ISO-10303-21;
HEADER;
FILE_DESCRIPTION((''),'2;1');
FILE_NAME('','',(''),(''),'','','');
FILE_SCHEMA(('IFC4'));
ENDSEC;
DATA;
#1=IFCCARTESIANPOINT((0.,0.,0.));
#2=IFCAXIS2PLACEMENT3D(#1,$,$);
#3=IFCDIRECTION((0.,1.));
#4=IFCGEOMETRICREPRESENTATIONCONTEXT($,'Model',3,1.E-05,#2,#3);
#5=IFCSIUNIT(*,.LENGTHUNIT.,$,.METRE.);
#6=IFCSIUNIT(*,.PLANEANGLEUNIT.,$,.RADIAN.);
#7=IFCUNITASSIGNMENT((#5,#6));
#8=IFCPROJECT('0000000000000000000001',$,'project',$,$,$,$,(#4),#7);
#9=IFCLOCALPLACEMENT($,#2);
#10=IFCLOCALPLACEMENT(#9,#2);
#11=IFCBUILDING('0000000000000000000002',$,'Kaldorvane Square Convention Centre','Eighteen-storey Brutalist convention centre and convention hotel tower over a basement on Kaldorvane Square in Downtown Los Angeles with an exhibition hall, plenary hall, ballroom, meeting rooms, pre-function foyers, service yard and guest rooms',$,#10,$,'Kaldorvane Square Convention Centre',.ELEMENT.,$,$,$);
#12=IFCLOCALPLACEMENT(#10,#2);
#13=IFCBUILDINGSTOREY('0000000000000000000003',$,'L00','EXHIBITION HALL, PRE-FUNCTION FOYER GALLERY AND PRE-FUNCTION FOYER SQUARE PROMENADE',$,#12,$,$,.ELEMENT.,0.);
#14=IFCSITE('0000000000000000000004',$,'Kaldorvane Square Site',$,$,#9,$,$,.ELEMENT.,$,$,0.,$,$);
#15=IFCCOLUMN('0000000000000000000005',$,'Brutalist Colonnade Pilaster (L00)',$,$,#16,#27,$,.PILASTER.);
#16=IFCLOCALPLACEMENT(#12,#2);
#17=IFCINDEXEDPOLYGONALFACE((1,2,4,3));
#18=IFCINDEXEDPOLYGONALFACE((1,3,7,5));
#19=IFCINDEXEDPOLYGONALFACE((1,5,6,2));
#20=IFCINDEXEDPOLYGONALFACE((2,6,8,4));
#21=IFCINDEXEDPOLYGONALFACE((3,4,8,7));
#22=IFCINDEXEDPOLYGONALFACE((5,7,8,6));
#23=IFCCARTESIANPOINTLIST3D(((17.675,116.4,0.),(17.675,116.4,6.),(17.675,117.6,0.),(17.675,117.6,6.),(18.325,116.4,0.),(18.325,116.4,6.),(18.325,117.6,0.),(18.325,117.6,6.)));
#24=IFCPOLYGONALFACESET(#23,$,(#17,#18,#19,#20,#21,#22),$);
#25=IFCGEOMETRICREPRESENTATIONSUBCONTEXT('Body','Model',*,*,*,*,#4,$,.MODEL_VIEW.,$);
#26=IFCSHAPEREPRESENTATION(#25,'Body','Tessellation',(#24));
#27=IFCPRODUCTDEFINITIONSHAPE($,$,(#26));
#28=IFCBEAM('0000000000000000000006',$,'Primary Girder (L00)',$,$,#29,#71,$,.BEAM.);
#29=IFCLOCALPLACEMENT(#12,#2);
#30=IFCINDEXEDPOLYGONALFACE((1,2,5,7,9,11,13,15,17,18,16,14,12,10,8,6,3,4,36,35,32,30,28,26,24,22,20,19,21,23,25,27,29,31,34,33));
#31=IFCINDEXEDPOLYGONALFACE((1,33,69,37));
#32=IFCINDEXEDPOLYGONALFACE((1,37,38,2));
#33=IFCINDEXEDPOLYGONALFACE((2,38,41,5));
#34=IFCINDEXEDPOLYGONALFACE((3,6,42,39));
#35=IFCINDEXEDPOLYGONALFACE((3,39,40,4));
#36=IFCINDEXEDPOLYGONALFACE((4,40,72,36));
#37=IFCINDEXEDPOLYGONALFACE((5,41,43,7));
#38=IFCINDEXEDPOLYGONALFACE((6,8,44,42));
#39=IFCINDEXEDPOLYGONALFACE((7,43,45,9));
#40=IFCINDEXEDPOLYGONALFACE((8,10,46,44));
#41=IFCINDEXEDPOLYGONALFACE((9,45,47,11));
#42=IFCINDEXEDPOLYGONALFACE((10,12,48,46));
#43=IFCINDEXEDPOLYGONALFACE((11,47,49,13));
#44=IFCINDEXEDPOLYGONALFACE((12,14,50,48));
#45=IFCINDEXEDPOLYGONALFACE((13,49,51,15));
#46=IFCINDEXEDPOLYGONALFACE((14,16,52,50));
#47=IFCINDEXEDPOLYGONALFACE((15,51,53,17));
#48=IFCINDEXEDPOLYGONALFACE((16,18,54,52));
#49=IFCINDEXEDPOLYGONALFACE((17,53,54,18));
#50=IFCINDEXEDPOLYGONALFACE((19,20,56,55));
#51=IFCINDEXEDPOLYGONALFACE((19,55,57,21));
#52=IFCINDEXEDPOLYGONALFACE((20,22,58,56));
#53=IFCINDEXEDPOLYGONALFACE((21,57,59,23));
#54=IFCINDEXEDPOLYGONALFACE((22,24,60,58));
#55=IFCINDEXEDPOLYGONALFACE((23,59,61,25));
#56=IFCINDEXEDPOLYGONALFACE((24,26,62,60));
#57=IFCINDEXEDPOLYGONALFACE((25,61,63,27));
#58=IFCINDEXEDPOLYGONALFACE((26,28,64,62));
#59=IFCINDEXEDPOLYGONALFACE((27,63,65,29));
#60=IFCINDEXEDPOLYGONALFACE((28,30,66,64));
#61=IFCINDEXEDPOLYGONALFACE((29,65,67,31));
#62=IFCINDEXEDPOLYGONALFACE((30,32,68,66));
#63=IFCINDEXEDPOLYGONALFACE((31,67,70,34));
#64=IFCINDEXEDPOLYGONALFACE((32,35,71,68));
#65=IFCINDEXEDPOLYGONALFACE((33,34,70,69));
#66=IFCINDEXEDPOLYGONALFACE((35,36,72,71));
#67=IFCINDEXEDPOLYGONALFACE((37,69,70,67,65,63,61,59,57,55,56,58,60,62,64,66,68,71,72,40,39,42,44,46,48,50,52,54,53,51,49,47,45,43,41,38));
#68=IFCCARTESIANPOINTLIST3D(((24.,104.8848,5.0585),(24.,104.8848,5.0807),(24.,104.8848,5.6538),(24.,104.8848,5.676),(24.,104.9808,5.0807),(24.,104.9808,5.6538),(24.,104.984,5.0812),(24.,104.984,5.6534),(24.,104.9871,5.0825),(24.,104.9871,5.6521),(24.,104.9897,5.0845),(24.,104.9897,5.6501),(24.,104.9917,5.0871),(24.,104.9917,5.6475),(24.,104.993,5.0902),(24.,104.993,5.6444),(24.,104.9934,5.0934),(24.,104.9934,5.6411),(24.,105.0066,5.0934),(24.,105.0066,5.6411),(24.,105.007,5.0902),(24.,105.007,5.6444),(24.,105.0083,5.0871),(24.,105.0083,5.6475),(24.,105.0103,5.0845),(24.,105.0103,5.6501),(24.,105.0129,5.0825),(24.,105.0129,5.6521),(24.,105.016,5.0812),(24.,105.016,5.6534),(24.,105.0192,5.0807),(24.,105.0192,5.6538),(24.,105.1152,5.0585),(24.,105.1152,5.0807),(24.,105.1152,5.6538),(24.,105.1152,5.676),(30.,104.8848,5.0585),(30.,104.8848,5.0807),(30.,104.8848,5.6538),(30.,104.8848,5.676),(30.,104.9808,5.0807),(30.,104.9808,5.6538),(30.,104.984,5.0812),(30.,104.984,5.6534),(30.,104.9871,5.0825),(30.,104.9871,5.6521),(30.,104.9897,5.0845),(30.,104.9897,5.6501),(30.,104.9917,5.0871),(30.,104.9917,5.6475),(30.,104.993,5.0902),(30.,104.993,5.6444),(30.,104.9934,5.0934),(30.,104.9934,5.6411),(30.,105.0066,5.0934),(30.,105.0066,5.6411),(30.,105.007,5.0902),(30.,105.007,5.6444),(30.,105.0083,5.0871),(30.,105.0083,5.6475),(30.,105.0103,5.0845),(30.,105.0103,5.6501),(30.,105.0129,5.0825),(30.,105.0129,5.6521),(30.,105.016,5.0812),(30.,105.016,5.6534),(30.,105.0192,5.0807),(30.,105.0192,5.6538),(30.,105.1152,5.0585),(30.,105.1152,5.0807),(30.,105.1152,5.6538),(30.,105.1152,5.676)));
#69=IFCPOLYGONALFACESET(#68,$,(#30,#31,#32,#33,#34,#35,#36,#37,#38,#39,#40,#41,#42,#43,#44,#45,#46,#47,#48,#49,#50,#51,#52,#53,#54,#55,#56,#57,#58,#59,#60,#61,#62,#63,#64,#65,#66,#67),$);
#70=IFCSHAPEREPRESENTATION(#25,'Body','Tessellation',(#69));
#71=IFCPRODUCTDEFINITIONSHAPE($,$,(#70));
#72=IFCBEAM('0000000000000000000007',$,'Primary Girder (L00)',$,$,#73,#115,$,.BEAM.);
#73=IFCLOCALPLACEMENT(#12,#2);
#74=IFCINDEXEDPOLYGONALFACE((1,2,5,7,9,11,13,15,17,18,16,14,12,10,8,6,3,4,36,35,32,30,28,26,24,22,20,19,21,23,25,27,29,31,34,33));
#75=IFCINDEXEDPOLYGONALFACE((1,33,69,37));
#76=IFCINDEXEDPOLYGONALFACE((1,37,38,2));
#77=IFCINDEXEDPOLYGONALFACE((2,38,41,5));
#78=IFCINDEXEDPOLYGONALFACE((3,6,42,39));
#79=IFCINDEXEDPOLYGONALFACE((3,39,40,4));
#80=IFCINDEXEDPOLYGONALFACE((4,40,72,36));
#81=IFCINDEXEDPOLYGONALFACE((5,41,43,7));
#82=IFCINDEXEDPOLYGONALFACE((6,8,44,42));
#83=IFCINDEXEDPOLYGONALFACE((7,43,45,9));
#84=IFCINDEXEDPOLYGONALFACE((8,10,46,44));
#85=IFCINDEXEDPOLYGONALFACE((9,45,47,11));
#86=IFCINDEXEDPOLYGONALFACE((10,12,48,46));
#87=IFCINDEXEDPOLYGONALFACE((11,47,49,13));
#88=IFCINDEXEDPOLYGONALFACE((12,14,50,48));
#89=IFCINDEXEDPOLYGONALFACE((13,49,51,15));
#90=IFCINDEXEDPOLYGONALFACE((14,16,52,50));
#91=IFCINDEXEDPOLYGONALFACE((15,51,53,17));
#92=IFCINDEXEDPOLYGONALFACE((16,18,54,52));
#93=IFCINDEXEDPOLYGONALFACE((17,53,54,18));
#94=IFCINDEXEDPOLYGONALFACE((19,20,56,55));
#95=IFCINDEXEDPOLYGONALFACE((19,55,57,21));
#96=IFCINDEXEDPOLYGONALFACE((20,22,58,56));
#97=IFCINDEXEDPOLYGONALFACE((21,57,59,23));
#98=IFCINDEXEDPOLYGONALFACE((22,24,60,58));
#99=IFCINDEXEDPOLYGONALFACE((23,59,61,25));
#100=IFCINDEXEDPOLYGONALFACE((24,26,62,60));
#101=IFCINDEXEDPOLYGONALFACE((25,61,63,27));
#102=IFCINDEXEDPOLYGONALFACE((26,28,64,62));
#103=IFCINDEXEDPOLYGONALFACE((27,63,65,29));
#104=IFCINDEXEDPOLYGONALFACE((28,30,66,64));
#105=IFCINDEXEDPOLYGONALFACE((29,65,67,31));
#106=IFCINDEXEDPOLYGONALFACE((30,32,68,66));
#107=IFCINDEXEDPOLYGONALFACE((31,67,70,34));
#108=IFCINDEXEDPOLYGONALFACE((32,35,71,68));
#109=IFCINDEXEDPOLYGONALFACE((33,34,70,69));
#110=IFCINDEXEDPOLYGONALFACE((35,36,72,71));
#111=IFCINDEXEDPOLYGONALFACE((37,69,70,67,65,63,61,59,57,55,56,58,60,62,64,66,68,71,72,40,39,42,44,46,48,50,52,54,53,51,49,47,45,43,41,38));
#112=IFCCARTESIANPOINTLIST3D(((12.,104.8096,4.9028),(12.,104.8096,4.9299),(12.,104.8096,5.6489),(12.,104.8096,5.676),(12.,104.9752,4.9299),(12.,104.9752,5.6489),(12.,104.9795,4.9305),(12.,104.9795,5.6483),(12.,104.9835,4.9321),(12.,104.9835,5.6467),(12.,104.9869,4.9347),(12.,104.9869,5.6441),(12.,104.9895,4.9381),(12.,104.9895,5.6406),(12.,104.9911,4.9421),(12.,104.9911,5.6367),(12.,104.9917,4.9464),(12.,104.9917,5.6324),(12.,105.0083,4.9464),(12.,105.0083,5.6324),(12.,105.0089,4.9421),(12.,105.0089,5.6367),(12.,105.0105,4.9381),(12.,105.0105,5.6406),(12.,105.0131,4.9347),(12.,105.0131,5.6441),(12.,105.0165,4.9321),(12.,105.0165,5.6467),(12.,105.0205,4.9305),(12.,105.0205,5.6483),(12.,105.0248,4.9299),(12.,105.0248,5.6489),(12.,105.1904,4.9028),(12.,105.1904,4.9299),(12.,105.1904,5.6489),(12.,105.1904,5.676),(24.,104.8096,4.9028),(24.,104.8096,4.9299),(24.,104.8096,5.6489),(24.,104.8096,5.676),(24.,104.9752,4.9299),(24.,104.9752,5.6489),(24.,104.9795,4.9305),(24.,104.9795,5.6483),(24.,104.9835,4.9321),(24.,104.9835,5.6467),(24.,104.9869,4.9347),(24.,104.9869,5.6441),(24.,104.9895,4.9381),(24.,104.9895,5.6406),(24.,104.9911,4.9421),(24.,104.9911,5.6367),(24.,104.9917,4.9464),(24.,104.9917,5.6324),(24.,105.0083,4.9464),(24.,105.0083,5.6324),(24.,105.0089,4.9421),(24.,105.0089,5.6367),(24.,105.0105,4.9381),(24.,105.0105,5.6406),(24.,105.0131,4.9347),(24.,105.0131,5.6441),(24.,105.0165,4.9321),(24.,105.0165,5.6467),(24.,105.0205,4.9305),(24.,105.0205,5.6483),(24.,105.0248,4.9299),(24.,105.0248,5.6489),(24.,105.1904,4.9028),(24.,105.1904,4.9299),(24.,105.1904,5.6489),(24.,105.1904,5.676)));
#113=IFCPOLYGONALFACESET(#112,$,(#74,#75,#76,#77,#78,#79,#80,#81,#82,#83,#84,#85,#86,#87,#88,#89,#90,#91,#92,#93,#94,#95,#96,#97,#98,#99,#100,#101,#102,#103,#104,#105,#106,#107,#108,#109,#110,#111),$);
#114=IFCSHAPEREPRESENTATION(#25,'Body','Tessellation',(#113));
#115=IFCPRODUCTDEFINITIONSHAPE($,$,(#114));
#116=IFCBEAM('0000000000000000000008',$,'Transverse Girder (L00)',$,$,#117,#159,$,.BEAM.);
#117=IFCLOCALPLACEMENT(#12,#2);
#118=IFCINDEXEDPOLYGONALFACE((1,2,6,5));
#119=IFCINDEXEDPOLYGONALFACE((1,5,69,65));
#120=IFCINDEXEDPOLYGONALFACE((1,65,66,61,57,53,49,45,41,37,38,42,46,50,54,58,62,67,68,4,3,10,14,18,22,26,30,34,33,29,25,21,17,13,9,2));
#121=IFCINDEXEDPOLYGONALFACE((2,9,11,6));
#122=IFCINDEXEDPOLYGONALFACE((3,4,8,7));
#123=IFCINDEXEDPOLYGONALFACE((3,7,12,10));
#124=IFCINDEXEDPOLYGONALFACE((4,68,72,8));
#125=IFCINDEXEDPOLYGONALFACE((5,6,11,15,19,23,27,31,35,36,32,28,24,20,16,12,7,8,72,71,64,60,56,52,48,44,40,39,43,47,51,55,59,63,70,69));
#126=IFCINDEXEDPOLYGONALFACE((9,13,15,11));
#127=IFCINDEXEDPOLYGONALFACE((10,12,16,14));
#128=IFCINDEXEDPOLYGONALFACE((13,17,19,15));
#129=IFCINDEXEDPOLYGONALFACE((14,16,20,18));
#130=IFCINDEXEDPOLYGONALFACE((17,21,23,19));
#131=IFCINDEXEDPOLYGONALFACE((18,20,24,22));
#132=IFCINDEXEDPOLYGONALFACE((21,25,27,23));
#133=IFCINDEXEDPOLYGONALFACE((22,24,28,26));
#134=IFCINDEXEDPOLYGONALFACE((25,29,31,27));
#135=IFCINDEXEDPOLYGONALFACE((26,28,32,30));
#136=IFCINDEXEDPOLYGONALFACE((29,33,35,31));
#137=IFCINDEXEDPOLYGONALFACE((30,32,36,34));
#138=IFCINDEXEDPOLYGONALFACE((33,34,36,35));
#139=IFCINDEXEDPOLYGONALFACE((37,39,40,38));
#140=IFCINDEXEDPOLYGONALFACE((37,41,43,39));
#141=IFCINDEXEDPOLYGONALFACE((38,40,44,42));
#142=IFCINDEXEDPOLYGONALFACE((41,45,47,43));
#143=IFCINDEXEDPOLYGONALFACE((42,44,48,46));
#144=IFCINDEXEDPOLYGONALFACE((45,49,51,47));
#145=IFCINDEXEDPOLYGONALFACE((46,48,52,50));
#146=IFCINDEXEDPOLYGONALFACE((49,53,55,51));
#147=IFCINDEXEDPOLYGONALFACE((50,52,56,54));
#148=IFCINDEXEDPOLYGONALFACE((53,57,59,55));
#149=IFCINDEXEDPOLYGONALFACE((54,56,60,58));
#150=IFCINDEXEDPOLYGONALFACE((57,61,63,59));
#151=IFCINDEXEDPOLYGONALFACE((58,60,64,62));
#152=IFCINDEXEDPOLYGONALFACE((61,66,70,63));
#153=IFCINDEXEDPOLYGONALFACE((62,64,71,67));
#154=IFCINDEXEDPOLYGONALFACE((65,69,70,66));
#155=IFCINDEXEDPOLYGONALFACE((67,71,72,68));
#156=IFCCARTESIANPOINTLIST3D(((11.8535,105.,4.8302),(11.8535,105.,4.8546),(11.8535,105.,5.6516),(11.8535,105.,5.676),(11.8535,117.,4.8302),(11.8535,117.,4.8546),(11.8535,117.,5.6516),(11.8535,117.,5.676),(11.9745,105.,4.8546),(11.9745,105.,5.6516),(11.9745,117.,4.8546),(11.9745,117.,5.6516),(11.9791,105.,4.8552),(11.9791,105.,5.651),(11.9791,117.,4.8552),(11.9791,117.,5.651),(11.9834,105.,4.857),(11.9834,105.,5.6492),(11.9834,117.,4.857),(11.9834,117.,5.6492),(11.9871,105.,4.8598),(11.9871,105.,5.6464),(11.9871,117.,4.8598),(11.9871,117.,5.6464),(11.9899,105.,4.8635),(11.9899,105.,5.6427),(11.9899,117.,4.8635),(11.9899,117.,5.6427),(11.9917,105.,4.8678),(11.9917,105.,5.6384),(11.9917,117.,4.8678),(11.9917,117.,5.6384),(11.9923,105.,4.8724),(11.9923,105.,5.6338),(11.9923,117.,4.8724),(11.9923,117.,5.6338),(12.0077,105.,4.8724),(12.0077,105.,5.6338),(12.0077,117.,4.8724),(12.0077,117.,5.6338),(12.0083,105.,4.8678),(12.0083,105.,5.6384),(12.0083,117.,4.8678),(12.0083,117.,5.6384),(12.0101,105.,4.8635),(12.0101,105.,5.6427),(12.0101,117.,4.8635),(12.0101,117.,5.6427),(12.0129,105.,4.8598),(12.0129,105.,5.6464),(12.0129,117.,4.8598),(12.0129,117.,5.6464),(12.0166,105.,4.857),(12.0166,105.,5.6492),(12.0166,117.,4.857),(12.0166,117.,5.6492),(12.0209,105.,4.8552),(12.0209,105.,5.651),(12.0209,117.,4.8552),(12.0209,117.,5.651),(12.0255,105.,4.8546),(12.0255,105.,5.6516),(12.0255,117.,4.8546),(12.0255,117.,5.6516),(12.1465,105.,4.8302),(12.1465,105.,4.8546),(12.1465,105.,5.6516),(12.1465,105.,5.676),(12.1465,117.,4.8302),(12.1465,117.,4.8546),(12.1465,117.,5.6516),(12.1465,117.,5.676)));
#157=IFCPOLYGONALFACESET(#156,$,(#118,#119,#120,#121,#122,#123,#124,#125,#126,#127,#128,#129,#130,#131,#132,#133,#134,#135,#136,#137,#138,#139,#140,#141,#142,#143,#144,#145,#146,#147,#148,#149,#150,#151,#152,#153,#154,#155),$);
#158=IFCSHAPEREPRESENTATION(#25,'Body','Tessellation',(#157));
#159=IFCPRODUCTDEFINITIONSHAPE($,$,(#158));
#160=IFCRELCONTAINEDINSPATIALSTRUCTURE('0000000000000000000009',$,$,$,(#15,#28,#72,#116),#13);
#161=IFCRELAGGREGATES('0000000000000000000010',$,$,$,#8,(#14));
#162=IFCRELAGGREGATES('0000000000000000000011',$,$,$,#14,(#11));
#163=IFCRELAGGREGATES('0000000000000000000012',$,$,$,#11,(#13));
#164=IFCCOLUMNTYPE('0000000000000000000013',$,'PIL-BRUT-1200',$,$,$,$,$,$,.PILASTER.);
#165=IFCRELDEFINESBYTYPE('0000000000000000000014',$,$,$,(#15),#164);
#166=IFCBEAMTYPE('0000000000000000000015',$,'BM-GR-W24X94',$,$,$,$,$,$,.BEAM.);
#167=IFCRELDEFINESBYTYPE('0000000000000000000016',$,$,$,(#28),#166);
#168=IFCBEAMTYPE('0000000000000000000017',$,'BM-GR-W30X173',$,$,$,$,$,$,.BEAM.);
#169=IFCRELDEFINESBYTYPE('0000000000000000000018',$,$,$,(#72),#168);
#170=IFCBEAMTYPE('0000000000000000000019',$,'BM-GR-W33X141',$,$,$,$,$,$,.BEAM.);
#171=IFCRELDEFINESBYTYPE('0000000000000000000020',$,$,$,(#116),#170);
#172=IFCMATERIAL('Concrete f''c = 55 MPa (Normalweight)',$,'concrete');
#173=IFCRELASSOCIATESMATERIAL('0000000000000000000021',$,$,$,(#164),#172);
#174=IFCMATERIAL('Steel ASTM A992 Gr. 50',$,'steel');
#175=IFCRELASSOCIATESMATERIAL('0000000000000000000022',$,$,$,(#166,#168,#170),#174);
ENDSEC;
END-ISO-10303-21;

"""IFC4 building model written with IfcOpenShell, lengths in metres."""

from ifc_helpers import new_model, si_unit, direction, frame, origin, origin_2d, place, context, subcontext, project, spatial, rectangle, i_section, extrude, material, material_profile, profile_set, type_object, element, save


model = new_model("IFC4")

# Units and contexts
model_context = context("Model", 3, precision=1e-05, world=origin(), true_north=direction((0.0, 1.0)))
body_context = subcontext(model_context, "Body", "Model", "MODEL_VIEW")
ifc_project = project(units=[si_unit("LENGTHUNIT", "METRE"), si_unit("PLANEANGLEUNIT", "RADIAN")], contexts=[model_context])

# Site, building, storey
site_placement = place(None, origin())
site = spatial("IfcSite", under=ifc_project, at=site_placement, Name="Kaldorvane Square Site", CompositionType="ELEMENT", RefElevation=0.0)
building_placement = place(site_placement, origin())
building = spatial("IfcBuilding", under=site, at=building_placement, Name="Kaldorvane Square Convention Centre", Description="Eighteen-storey Brutalist convention centre and convention hotel tower over a basement on Kaldorvane Square in Downtown Los Angeles with an exhibition hall, plenary hall, ballroom, meeting rooms, pre-function foyers, service yard and guest rooms", LongName="Kaldorvane Square Convention Centre", CompositionType="ELEMENT")
storey_placement = place(building_placement, origin())
storey = spatial("IfcBuildingStorey", under=building, at=storey_placement, Name="L00", Description="EXHIBITION HALL, PRE-FUNCTION FOYER GALLERY AND PRE-FUNCTION FOYER SQUARE PROMENADE", CompositionType="ELEMENT", Elevation=0.0)

# Column
ifc_material_1 = material(Name="Steel ASTM A992 Gr. 50", Category="steel")
ifc_material_2 = material(Name="Concrete f'c = 55 MPa (Normalweight)", Category="concrete")
ifc_material_profile_1 = material_profile(ifc_material_2, rectangle(XDim=0.65, YDim=1.2, at=origin_2d()), Name="PIL1200X650")
ifc_profile_set_1 = profile_set([ifc_material_profile_1], Name="Concrete f'c = 55 MPa (Normalweight)")
column_type_1 = type_object("IfcColumnType", Name="PIL-BRUT-1200", PredefinedType="PILASTER", material=ifc_profile_set_1)
column_1_placement = place(storey_placement, frame((18.0, 117.0, 0.0), z_axis=(0.0, 0.0, 1.0), x_axis=(1.0, 0.0, 0.0)))
element("IfcColumn", 1, at=column_1_placement, inside=storey, type_object=column_type_1, Name="Brutalist Colonnade Pilaster (L00)", PredefinedType="PILASTER", context=body_context, shape_type="SweptSolid", body=[
    extrude(rectangle(XDim=0.65, YDim=1.2, at=origin_2d()), origin(), (0.0, 0.0, 1.0), 6.0),
])

# Beams
ifc_material_profile_2 = material_profile(ifc_material_1, i_section(OverallWidth=0.2303, OverallDepth=0.6175, WebThickness=0.0131, FlangeThickness=0.0222, FilletRadius=0.0127, at=origin_2d()), Name="W24X94")
ifc_profile_set_2 = profile_set([ifc_material_profile_2], Name="Steel ASTM A992 Gr. 50")
beam_type_1 = type_object("IfcBeamType", Name="BM-GR-W24X94", PredefinedType="BEAM", material=ifc_profile_set_2)
beam_1_placement = place(storey_placement, frame((24.0, 105.0, 5.3673), z_axis=(1.0, 0.0, 0.0), x_axis=(0.0, 1.0, 0.0)))
element("IfcBeam", 2, at=beam_1_placement, inside=storey, type_object=beam_type_1, Name="Primary Girder (L00)", PredefinedType="BEAM", context=body_context, shape_type="SweptSolid", body=[
    extrude(i_section(OverallWidth=0.2303, OverallDepth=0.6175, WebThickness=0.0131, FlangeThickness=0.0222, FilletRadius=0.0127, at=origin_2d()), origin(), (0.0, 0.0, 1.0), 6.0),
])
ifc_material_profile_3 = material_profile(ifc_material_1, i_section(OverallWidth=0.3807, OverallDepth=0.7732, WebThickness=0.0166, FlangeThickness=0.0271, FilletRadius=0.0165, at=origin_2d()), Name="W30X173")
ifc_profile_set_3 = profile_set([ifc_material_profile_3], Name="Steel ASTM A992 Gr. 50")
beam_type_2 = type_object("IfcBeamType", Name="BM-GR-W30X173", PredefinedType="BEAM", material=ifc_profile_set_3)
beam_2_placement = place(storey_placement, frame((12.0, 105.0, 5.2894), z_axis=(1.0, 0.0, 0.0), x_axis=(0.0, 1.0, 0.0)))
element("IfcBeam", 3, at=beam_2_placement, inside=storey, type_object=beam_type_2, Name="Primary Girder (L00)", PredefinedType="BEAM", context=body_context, shape_type="SweptSolid", body=[
    extrude(i_section(OverallWidth=0.3807, OverallDepth=0.7732, WebThickness=0.0166, FlangeThickness=0.0271, FilletRadius=0.0165, at=origin_2d()), origin(), (0.0, 0.0, 1.0), 12.0),
])
ifc_material_profile_4 = material_profile(ifc_material_1, i_section(OverallWidth=0.293, OverallDepth=0.8458, WebThickness=0.0154, FlangeThickness=0.0244, FilletRadius=0.0178, at=origin_2d()), Name="W33X141")
ifc_profile_set_4 = profile_set([ifc_material_profile_4], Name="Steel ASTM A992 Gr. 50")
beam_type_3 = type_object("IfcBeamType", Name="BM-GR-W33X141", PredefinedType="BEAM", material=ifc_profile_set_4)
for number, where, z_axis, x_axis, name in (
    (4, (12.0, 105.0, 5.2531), (0.0, 1.0, 0.0), (-1.0, 0.0, 0.0), "Transverse Girder (L00)"),
):
    element("IfcBeam", number, at=place(storey_placement, frame(where, z_axis=z_axis, x_axis=x_axis)), inside=storey, type_object=beam_type_3, Name=name, PredefinedType="BEAM", context=body_context, shape_type="SweptSolid", body=[
        extrude(i_section(OverallWidth=0.293, OverallDepth=0.8458, WebThickness=0.0154, FlangeThickness=0.0244, FilletRadius=0.0178, at=origin_2d()), origin(), (0.0, 0.0, 1.0), 12.0),
    ])

save(model, "model.ifc")
